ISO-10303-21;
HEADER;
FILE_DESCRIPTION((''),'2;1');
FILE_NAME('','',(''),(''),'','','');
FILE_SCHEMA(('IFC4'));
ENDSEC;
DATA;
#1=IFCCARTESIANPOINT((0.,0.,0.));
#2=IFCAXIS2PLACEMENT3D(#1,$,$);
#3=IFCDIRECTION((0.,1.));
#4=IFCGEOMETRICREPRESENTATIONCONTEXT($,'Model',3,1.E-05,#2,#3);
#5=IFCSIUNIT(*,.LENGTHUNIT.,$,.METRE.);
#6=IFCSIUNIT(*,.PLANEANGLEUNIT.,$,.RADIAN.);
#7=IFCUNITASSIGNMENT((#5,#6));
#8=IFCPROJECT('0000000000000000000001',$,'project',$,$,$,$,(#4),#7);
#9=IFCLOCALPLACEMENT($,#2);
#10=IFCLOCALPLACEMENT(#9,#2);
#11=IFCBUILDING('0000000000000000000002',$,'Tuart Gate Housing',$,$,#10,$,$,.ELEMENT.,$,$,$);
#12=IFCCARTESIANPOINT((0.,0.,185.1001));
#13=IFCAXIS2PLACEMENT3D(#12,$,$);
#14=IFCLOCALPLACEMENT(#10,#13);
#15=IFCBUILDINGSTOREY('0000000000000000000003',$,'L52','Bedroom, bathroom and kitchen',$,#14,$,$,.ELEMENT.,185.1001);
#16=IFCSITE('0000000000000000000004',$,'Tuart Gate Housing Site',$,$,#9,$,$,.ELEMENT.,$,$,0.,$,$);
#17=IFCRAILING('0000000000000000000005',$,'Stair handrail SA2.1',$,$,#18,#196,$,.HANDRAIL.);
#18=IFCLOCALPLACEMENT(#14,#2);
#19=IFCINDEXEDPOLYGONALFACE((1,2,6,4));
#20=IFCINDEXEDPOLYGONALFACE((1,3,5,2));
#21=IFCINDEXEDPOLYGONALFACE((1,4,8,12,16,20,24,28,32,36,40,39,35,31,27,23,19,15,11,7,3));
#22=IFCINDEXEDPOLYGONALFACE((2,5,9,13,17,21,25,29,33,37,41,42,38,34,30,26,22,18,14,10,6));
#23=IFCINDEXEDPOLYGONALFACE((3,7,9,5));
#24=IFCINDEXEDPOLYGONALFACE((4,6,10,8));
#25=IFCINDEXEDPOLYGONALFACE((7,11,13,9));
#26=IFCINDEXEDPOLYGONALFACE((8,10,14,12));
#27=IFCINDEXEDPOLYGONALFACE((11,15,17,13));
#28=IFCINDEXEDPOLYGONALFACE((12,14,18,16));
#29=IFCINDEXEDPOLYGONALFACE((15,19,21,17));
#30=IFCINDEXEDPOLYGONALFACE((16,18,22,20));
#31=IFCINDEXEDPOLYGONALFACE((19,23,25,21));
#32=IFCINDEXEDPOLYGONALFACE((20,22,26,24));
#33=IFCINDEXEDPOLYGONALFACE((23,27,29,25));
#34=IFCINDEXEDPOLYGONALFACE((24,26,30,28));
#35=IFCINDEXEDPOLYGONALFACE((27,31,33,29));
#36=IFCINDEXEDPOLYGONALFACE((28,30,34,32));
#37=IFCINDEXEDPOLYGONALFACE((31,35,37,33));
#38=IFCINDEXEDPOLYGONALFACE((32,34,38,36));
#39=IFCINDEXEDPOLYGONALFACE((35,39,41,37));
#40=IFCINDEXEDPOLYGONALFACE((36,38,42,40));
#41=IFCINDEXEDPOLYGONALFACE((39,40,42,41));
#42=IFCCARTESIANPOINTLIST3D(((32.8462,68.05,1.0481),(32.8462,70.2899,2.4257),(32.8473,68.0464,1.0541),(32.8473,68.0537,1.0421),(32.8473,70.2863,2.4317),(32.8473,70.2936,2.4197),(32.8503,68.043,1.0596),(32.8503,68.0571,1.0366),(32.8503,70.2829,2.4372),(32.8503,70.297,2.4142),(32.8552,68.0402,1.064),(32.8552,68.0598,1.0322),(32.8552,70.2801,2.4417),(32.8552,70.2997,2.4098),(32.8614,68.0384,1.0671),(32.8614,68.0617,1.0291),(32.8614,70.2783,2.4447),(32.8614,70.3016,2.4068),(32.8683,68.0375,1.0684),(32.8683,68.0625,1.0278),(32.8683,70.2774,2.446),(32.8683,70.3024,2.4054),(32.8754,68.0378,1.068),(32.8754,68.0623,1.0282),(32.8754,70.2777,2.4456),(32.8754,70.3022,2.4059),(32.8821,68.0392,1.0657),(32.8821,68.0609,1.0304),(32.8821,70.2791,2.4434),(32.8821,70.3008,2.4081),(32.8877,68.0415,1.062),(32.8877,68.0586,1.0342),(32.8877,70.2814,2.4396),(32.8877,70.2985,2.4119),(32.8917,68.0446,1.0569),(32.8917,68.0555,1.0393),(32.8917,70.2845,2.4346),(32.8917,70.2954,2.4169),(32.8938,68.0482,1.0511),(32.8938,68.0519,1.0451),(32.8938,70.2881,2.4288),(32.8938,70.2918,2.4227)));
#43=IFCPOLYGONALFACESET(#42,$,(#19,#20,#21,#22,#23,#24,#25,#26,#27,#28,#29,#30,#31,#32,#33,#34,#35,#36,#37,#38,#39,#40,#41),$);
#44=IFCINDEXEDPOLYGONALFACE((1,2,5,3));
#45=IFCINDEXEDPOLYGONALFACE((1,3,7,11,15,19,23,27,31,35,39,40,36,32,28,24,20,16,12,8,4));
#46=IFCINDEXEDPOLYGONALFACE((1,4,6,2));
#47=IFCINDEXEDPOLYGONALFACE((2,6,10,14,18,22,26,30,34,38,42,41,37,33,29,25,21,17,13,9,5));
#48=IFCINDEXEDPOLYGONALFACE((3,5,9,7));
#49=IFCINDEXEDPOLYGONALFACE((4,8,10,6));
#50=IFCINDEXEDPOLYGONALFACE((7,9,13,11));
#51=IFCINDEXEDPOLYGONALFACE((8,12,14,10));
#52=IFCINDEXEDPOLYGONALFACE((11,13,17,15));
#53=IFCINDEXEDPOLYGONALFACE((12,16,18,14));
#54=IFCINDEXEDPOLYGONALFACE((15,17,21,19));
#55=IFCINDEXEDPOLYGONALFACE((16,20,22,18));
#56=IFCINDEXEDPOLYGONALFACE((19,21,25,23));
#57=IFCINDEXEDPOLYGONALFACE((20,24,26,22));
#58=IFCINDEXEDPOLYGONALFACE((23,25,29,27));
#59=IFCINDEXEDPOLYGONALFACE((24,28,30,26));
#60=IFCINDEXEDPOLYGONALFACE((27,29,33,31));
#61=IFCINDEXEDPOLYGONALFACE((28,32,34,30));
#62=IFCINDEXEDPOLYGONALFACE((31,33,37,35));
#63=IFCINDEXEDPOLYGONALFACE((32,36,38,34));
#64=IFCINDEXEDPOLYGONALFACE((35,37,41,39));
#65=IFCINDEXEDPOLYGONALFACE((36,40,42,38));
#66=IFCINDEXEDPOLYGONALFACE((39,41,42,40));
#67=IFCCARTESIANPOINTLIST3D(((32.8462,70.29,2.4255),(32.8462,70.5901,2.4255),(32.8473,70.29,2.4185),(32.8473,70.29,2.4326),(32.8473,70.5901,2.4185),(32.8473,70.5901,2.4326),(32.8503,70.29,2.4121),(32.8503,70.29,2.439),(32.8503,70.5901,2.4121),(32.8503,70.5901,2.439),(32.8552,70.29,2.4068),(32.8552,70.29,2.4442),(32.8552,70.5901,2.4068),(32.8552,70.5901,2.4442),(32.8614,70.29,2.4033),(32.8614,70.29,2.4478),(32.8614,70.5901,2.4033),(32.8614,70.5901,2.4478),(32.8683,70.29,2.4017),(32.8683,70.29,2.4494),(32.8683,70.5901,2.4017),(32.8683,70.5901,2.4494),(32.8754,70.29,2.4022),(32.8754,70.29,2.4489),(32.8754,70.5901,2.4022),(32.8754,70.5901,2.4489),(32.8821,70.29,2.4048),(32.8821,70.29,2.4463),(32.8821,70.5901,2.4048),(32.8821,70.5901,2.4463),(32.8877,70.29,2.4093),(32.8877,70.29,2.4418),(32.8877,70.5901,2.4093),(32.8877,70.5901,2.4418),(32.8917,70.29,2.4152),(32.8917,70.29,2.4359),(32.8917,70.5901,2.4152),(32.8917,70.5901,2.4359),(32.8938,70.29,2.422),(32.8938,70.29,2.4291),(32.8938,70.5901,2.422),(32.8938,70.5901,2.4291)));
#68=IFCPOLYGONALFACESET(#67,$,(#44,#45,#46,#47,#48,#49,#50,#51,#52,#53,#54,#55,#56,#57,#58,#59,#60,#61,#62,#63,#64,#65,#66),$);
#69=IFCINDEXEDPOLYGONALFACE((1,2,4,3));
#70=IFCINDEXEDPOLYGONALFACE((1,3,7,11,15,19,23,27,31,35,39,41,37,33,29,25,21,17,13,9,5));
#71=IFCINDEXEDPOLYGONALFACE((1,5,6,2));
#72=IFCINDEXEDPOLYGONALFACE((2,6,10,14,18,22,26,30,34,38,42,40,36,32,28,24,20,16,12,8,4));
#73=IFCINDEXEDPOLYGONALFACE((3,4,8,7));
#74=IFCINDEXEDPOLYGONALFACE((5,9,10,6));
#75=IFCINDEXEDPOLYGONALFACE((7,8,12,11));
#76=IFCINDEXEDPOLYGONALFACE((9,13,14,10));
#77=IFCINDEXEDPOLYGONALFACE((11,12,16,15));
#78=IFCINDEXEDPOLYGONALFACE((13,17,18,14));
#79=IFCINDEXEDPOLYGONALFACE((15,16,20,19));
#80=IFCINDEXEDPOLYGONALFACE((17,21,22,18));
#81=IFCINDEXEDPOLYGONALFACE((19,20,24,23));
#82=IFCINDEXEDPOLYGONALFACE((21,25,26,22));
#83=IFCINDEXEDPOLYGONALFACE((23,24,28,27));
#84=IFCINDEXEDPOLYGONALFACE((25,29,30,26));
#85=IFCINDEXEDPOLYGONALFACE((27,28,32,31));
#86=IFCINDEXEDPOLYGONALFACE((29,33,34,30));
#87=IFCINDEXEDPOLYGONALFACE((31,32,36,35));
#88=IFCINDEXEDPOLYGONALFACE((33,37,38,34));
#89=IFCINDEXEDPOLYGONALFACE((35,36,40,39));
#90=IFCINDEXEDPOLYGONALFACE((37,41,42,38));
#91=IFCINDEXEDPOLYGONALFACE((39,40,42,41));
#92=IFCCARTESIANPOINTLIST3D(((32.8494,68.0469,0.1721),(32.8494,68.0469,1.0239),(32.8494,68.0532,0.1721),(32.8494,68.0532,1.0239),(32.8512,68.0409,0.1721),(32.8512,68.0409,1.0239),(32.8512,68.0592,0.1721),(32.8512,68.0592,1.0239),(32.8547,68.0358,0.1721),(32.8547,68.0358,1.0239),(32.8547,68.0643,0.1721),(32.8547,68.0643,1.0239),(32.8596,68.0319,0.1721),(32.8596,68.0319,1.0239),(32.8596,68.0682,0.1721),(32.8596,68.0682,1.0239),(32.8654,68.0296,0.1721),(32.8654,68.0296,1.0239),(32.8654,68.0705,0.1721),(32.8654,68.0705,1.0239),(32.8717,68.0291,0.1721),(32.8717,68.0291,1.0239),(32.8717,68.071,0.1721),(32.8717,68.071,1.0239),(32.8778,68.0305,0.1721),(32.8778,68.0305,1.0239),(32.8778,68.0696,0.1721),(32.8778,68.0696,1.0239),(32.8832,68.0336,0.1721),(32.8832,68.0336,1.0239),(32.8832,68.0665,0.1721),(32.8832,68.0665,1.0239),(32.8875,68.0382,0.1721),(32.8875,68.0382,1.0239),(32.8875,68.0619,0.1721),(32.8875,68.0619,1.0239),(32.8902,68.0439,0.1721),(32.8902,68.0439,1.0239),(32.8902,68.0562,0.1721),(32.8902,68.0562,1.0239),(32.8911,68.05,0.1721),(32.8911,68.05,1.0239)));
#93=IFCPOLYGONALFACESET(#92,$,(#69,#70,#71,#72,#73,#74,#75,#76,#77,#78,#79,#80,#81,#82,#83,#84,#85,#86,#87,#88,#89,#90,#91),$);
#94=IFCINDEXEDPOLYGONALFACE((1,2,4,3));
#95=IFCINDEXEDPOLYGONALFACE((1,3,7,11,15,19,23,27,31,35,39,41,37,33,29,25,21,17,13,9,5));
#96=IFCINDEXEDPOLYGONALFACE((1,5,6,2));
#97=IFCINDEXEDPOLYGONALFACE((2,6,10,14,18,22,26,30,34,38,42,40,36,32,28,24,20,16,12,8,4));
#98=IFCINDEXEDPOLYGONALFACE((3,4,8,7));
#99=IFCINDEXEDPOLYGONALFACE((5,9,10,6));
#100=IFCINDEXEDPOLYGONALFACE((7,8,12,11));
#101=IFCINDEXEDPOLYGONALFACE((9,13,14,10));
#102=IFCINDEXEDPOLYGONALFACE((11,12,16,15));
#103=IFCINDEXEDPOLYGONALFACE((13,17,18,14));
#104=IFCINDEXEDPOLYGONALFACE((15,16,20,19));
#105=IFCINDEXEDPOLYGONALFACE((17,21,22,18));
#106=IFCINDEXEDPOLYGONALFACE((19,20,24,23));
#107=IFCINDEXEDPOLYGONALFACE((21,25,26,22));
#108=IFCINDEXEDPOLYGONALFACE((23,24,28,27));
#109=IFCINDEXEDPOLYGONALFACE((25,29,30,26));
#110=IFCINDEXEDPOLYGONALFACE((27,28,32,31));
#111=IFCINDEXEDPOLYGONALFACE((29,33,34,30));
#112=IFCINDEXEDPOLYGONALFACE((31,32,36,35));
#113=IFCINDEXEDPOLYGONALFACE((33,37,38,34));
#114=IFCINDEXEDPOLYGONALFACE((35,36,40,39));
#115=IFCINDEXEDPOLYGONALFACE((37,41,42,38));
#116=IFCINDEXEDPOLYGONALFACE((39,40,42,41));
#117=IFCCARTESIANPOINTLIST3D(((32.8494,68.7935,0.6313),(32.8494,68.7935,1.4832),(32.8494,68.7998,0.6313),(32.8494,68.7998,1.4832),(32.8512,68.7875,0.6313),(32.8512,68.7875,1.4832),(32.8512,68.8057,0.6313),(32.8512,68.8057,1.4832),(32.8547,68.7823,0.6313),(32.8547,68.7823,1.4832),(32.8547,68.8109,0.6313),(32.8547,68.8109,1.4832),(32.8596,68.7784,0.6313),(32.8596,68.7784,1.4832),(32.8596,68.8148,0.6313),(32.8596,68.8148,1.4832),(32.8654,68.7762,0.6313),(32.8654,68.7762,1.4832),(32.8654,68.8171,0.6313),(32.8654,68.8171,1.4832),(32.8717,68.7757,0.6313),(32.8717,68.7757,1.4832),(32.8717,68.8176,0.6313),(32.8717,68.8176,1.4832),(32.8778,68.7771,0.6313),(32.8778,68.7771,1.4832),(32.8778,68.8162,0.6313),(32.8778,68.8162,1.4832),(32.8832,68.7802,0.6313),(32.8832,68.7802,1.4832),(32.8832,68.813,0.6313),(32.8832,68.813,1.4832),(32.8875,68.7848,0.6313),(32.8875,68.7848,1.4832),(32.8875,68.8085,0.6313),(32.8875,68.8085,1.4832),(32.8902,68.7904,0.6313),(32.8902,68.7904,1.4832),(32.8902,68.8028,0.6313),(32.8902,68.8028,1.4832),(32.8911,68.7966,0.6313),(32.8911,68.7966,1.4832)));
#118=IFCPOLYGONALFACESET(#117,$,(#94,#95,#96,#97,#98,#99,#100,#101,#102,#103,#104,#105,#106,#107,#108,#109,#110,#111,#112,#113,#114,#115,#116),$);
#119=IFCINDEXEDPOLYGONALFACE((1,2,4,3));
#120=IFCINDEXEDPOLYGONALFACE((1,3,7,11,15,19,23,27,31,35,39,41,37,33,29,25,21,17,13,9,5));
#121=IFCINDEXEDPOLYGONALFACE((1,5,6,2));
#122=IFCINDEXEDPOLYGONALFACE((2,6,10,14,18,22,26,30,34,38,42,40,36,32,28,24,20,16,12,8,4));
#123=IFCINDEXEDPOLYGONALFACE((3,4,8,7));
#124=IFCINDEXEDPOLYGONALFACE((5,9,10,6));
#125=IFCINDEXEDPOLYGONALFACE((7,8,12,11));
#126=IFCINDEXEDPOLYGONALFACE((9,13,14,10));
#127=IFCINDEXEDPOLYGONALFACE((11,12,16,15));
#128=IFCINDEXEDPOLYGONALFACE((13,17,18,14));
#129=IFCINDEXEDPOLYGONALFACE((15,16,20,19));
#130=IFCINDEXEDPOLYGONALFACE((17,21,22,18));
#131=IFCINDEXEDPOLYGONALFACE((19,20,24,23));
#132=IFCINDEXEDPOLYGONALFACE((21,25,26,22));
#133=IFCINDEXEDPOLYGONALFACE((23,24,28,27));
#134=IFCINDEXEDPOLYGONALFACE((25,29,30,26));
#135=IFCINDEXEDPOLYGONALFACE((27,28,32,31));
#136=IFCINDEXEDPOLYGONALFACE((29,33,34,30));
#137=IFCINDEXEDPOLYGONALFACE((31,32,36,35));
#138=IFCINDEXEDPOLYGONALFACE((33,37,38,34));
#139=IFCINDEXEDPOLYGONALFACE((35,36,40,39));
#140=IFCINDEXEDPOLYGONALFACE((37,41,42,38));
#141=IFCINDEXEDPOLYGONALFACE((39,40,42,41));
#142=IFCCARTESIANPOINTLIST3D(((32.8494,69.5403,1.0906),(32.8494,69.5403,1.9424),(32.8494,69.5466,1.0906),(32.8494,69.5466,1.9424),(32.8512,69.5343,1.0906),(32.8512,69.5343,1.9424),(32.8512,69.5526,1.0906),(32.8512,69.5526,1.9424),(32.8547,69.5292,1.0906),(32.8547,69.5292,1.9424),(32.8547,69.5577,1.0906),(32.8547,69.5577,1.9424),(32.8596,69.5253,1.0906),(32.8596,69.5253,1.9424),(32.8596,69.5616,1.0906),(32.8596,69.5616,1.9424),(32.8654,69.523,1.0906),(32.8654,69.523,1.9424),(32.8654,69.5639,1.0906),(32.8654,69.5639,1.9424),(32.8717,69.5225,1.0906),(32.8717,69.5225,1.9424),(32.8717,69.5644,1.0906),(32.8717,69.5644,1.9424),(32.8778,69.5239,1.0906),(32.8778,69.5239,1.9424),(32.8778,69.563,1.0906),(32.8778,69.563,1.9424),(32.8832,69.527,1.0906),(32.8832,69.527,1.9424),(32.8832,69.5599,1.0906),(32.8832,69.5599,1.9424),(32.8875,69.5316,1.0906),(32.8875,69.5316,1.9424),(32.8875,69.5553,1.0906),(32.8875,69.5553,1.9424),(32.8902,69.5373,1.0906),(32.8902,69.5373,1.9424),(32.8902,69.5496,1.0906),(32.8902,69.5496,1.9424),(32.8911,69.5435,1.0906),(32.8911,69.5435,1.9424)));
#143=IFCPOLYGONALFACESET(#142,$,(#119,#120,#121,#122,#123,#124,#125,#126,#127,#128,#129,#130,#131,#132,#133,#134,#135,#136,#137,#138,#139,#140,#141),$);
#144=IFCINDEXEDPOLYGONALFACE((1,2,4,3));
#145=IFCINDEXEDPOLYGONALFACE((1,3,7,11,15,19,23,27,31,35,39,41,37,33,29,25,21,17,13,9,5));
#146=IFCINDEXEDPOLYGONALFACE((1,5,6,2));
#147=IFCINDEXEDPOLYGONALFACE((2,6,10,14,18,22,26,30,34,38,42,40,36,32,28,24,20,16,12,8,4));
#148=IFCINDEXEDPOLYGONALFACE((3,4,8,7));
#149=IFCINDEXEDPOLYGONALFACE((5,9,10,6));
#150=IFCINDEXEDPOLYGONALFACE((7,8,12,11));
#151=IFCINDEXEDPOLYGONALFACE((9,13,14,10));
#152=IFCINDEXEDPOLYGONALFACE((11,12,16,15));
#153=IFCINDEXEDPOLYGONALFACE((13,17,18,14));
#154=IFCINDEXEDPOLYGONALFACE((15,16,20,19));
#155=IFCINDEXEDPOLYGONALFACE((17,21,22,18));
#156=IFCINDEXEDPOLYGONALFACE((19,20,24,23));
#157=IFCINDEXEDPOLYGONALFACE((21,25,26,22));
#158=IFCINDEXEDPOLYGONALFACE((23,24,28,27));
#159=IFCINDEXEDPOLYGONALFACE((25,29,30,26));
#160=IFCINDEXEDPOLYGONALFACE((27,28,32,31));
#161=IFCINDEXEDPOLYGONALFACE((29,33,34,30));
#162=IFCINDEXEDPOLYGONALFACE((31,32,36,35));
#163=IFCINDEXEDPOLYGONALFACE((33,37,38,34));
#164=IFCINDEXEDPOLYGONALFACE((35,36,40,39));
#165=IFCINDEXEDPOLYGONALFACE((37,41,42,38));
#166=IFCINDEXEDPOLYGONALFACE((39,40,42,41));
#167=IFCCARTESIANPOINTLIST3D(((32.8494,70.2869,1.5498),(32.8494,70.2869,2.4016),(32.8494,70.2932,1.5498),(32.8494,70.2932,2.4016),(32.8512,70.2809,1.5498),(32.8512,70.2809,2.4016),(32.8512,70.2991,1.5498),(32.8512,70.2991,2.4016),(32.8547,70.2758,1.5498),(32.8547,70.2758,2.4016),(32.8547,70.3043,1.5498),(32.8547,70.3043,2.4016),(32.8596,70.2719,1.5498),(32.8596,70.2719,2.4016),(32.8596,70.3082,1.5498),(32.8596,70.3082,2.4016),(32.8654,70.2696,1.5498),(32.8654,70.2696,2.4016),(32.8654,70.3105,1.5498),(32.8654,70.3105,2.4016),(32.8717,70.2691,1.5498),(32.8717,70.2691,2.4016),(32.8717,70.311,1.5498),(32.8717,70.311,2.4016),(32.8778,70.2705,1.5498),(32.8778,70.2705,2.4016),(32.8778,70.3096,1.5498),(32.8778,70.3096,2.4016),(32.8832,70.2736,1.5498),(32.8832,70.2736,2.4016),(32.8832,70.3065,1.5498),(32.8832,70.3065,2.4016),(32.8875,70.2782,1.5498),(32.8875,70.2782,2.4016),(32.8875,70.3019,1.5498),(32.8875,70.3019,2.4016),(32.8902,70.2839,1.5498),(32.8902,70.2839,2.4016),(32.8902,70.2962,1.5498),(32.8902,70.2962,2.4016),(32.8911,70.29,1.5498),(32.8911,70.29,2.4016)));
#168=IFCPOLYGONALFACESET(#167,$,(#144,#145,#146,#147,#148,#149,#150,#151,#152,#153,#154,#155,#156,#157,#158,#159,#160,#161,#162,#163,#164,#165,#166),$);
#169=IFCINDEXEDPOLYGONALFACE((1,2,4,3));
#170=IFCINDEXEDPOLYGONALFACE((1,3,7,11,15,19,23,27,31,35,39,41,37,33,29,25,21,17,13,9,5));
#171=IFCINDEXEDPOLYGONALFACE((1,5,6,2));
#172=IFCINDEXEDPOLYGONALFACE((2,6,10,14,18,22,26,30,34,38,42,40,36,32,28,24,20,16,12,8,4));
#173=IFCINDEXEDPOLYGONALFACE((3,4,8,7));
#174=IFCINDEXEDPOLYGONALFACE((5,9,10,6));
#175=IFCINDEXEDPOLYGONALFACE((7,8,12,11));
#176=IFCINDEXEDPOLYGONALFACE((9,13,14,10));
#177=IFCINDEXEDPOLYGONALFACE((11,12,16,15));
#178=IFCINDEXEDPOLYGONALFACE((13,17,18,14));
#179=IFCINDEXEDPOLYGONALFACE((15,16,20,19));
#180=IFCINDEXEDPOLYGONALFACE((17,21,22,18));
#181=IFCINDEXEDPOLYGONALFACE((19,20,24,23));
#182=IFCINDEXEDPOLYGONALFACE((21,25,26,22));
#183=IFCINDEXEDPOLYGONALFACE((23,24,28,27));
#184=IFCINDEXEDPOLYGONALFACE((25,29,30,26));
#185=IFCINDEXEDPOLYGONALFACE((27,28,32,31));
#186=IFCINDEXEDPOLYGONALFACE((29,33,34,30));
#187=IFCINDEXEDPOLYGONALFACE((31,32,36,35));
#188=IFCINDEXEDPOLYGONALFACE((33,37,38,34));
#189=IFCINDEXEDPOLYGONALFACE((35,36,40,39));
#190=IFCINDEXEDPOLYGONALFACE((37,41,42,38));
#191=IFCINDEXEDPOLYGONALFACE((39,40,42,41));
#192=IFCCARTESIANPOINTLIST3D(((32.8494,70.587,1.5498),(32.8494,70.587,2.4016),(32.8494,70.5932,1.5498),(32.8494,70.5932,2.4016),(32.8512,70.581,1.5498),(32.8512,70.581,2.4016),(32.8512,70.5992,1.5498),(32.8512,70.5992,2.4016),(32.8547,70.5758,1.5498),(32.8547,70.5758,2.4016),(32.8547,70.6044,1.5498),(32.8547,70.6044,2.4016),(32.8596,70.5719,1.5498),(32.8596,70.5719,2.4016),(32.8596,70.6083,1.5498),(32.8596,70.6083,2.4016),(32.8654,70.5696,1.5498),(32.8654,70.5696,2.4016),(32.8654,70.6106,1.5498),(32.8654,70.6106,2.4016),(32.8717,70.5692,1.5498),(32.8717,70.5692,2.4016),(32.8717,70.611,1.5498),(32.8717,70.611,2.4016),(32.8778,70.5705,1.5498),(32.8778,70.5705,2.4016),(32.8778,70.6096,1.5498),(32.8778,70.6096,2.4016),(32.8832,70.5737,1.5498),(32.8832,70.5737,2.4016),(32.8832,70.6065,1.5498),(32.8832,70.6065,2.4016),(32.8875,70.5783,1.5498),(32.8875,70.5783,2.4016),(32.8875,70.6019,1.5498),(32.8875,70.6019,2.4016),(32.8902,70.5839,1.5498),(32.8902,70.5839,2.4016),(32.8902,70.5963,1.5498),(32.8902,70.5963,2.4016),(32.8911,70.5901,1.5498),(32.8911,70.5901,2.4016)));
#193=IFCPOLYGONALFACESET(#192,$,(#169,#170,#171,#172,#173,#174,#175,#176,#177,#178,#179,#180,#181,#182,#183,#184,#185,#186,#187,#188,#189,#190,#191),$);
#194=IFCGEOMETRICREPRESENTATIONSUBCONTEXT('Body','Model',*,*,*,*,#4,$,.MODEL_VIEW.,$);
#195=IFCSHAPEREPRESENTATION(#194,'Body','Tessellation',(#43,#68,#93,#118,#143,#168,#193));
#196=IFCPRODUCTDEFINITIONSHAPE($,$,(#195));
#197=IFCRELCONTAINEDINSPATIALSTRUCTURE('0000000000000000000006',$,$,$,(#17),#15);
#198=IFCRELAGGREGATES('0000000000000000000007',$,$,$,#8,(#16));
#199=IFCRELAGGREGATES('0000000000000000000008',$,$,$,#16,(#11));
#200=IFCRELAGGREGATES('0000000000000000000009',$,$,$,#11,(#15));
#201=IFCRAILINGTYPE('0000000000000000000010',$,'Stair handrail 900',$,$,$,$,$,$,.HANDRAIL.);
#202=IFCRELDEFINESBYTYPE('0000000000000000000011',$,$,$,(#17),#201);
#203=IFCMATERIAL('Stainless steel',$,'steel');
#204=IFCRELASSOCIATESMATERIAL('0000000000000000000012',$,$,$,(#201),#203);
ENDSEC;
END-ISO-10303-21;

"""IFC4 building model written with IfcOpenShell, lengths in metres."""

from ifc_helpers import new_model, si_unit, direction, frame, origin, origin_2d, place, context, subcontext, project, spatial, circle, extrude, material, type_object, element, save


model = new_model("IFC4")

# Units and contexts
model_context = context("Model", 3, precision=1e-05, world=origin(), true_north=direction((0.0, 1.0)))
body_context = subcontext(model_context, "Body", "Model", "MODEL_VIEW")
ifc_project = project(units=[si_unit("LENGTHUNIT", "METRE"), si_unit("PLANEANGLEUNIT", "RADIAN")], contexts=[model_context])

# Site, building, storey
site_placement = place(None, origin())
site = spatial("IfcSite", under=ifc_project, at=site_placement, Name="Tuart Gate Housing Site", CompositionType="ELEMENT", RefElevation=0.0)
building_placement = place(site_placement, origin())
building = spatial("IfcBuilding", under=site, at=building_placement, Name="Tuart Gate Housing", CompositionType="ELEMENT")
storey_placement = place(building_placement, frame((0.0, 0.0, 185.1001)))
storey = spatial("IfcBuildingStorey", under=building, at=storey_placement, Name="L52", Description="Bedroom, bathroom and kitchen", CompositionType="ELEMENT", Elevation=185.1001)

# Railing
ifc_material_1 = material(Name="Stainless steel", Category="steel")
railing_type = type_object("IfcRailingType", Name="Stair handrail 900", PredefinedType="HANDRAIL", material=ifc_material_1)
railing_placement = place(storey_placement, frame((32.8701, 68.05, 0.1721)))
element("IfcRailing", 1, at=railing_placement, inside=storey, type_object=railing_type, Name="Stair handrail SA2.1", PredefinedType="HANDRAIL", context=body_context, shape_type="SweptSolid", body=[
    extrude(circle(Radius=0.0239, at=origin_2d()), frame((0.0, 0.0, 0.876), z_axis=(0.0, 0.851789, 0.523885), x_axis=(-1.0, 0.0, 0.0)), (0.0, 0.0, 1.0), 2.6296),
    extrude(circle(Radius=0.0239, at=origin_2d()), frame((0.0, 2.24, 2.2534), z_axis=(0.0, 1.0, 0.0), x_axis=(-1.0, 0.0, 0.0)), (0.0, 0.0, 1.0), 0.3),
    extrude(circle(Radius=0.021, at=origin_2d()), origin(), (0.0, 0.0, 1.0), 0.8518),
    extrude(circle(Radius=0.021, at=origin_2d()), frame((0.0, 0.7466, 0.4592)), (0.0, 0.0, 1.0), 0.8518),
    extrude(circle(Radius=0.021, at=origin_2d()), frame((0.0, 1.4934, 0.9185)), (0.0, 0.0, 1.0), 0.8518),
    extrude(circle(Radius=0.021, at=origin_2d()), frame((0.0, 2.24, 1.3777)), (0.0, 0.0, 1.0), 0.8518),
    extrude(circle(Radius=0.021, at=origin_2d()), frame((0.0, 2.54, 1.3777)), (0.0, 0.0, 1.0), 0.8518),
])

save(model, "model.ifc")
